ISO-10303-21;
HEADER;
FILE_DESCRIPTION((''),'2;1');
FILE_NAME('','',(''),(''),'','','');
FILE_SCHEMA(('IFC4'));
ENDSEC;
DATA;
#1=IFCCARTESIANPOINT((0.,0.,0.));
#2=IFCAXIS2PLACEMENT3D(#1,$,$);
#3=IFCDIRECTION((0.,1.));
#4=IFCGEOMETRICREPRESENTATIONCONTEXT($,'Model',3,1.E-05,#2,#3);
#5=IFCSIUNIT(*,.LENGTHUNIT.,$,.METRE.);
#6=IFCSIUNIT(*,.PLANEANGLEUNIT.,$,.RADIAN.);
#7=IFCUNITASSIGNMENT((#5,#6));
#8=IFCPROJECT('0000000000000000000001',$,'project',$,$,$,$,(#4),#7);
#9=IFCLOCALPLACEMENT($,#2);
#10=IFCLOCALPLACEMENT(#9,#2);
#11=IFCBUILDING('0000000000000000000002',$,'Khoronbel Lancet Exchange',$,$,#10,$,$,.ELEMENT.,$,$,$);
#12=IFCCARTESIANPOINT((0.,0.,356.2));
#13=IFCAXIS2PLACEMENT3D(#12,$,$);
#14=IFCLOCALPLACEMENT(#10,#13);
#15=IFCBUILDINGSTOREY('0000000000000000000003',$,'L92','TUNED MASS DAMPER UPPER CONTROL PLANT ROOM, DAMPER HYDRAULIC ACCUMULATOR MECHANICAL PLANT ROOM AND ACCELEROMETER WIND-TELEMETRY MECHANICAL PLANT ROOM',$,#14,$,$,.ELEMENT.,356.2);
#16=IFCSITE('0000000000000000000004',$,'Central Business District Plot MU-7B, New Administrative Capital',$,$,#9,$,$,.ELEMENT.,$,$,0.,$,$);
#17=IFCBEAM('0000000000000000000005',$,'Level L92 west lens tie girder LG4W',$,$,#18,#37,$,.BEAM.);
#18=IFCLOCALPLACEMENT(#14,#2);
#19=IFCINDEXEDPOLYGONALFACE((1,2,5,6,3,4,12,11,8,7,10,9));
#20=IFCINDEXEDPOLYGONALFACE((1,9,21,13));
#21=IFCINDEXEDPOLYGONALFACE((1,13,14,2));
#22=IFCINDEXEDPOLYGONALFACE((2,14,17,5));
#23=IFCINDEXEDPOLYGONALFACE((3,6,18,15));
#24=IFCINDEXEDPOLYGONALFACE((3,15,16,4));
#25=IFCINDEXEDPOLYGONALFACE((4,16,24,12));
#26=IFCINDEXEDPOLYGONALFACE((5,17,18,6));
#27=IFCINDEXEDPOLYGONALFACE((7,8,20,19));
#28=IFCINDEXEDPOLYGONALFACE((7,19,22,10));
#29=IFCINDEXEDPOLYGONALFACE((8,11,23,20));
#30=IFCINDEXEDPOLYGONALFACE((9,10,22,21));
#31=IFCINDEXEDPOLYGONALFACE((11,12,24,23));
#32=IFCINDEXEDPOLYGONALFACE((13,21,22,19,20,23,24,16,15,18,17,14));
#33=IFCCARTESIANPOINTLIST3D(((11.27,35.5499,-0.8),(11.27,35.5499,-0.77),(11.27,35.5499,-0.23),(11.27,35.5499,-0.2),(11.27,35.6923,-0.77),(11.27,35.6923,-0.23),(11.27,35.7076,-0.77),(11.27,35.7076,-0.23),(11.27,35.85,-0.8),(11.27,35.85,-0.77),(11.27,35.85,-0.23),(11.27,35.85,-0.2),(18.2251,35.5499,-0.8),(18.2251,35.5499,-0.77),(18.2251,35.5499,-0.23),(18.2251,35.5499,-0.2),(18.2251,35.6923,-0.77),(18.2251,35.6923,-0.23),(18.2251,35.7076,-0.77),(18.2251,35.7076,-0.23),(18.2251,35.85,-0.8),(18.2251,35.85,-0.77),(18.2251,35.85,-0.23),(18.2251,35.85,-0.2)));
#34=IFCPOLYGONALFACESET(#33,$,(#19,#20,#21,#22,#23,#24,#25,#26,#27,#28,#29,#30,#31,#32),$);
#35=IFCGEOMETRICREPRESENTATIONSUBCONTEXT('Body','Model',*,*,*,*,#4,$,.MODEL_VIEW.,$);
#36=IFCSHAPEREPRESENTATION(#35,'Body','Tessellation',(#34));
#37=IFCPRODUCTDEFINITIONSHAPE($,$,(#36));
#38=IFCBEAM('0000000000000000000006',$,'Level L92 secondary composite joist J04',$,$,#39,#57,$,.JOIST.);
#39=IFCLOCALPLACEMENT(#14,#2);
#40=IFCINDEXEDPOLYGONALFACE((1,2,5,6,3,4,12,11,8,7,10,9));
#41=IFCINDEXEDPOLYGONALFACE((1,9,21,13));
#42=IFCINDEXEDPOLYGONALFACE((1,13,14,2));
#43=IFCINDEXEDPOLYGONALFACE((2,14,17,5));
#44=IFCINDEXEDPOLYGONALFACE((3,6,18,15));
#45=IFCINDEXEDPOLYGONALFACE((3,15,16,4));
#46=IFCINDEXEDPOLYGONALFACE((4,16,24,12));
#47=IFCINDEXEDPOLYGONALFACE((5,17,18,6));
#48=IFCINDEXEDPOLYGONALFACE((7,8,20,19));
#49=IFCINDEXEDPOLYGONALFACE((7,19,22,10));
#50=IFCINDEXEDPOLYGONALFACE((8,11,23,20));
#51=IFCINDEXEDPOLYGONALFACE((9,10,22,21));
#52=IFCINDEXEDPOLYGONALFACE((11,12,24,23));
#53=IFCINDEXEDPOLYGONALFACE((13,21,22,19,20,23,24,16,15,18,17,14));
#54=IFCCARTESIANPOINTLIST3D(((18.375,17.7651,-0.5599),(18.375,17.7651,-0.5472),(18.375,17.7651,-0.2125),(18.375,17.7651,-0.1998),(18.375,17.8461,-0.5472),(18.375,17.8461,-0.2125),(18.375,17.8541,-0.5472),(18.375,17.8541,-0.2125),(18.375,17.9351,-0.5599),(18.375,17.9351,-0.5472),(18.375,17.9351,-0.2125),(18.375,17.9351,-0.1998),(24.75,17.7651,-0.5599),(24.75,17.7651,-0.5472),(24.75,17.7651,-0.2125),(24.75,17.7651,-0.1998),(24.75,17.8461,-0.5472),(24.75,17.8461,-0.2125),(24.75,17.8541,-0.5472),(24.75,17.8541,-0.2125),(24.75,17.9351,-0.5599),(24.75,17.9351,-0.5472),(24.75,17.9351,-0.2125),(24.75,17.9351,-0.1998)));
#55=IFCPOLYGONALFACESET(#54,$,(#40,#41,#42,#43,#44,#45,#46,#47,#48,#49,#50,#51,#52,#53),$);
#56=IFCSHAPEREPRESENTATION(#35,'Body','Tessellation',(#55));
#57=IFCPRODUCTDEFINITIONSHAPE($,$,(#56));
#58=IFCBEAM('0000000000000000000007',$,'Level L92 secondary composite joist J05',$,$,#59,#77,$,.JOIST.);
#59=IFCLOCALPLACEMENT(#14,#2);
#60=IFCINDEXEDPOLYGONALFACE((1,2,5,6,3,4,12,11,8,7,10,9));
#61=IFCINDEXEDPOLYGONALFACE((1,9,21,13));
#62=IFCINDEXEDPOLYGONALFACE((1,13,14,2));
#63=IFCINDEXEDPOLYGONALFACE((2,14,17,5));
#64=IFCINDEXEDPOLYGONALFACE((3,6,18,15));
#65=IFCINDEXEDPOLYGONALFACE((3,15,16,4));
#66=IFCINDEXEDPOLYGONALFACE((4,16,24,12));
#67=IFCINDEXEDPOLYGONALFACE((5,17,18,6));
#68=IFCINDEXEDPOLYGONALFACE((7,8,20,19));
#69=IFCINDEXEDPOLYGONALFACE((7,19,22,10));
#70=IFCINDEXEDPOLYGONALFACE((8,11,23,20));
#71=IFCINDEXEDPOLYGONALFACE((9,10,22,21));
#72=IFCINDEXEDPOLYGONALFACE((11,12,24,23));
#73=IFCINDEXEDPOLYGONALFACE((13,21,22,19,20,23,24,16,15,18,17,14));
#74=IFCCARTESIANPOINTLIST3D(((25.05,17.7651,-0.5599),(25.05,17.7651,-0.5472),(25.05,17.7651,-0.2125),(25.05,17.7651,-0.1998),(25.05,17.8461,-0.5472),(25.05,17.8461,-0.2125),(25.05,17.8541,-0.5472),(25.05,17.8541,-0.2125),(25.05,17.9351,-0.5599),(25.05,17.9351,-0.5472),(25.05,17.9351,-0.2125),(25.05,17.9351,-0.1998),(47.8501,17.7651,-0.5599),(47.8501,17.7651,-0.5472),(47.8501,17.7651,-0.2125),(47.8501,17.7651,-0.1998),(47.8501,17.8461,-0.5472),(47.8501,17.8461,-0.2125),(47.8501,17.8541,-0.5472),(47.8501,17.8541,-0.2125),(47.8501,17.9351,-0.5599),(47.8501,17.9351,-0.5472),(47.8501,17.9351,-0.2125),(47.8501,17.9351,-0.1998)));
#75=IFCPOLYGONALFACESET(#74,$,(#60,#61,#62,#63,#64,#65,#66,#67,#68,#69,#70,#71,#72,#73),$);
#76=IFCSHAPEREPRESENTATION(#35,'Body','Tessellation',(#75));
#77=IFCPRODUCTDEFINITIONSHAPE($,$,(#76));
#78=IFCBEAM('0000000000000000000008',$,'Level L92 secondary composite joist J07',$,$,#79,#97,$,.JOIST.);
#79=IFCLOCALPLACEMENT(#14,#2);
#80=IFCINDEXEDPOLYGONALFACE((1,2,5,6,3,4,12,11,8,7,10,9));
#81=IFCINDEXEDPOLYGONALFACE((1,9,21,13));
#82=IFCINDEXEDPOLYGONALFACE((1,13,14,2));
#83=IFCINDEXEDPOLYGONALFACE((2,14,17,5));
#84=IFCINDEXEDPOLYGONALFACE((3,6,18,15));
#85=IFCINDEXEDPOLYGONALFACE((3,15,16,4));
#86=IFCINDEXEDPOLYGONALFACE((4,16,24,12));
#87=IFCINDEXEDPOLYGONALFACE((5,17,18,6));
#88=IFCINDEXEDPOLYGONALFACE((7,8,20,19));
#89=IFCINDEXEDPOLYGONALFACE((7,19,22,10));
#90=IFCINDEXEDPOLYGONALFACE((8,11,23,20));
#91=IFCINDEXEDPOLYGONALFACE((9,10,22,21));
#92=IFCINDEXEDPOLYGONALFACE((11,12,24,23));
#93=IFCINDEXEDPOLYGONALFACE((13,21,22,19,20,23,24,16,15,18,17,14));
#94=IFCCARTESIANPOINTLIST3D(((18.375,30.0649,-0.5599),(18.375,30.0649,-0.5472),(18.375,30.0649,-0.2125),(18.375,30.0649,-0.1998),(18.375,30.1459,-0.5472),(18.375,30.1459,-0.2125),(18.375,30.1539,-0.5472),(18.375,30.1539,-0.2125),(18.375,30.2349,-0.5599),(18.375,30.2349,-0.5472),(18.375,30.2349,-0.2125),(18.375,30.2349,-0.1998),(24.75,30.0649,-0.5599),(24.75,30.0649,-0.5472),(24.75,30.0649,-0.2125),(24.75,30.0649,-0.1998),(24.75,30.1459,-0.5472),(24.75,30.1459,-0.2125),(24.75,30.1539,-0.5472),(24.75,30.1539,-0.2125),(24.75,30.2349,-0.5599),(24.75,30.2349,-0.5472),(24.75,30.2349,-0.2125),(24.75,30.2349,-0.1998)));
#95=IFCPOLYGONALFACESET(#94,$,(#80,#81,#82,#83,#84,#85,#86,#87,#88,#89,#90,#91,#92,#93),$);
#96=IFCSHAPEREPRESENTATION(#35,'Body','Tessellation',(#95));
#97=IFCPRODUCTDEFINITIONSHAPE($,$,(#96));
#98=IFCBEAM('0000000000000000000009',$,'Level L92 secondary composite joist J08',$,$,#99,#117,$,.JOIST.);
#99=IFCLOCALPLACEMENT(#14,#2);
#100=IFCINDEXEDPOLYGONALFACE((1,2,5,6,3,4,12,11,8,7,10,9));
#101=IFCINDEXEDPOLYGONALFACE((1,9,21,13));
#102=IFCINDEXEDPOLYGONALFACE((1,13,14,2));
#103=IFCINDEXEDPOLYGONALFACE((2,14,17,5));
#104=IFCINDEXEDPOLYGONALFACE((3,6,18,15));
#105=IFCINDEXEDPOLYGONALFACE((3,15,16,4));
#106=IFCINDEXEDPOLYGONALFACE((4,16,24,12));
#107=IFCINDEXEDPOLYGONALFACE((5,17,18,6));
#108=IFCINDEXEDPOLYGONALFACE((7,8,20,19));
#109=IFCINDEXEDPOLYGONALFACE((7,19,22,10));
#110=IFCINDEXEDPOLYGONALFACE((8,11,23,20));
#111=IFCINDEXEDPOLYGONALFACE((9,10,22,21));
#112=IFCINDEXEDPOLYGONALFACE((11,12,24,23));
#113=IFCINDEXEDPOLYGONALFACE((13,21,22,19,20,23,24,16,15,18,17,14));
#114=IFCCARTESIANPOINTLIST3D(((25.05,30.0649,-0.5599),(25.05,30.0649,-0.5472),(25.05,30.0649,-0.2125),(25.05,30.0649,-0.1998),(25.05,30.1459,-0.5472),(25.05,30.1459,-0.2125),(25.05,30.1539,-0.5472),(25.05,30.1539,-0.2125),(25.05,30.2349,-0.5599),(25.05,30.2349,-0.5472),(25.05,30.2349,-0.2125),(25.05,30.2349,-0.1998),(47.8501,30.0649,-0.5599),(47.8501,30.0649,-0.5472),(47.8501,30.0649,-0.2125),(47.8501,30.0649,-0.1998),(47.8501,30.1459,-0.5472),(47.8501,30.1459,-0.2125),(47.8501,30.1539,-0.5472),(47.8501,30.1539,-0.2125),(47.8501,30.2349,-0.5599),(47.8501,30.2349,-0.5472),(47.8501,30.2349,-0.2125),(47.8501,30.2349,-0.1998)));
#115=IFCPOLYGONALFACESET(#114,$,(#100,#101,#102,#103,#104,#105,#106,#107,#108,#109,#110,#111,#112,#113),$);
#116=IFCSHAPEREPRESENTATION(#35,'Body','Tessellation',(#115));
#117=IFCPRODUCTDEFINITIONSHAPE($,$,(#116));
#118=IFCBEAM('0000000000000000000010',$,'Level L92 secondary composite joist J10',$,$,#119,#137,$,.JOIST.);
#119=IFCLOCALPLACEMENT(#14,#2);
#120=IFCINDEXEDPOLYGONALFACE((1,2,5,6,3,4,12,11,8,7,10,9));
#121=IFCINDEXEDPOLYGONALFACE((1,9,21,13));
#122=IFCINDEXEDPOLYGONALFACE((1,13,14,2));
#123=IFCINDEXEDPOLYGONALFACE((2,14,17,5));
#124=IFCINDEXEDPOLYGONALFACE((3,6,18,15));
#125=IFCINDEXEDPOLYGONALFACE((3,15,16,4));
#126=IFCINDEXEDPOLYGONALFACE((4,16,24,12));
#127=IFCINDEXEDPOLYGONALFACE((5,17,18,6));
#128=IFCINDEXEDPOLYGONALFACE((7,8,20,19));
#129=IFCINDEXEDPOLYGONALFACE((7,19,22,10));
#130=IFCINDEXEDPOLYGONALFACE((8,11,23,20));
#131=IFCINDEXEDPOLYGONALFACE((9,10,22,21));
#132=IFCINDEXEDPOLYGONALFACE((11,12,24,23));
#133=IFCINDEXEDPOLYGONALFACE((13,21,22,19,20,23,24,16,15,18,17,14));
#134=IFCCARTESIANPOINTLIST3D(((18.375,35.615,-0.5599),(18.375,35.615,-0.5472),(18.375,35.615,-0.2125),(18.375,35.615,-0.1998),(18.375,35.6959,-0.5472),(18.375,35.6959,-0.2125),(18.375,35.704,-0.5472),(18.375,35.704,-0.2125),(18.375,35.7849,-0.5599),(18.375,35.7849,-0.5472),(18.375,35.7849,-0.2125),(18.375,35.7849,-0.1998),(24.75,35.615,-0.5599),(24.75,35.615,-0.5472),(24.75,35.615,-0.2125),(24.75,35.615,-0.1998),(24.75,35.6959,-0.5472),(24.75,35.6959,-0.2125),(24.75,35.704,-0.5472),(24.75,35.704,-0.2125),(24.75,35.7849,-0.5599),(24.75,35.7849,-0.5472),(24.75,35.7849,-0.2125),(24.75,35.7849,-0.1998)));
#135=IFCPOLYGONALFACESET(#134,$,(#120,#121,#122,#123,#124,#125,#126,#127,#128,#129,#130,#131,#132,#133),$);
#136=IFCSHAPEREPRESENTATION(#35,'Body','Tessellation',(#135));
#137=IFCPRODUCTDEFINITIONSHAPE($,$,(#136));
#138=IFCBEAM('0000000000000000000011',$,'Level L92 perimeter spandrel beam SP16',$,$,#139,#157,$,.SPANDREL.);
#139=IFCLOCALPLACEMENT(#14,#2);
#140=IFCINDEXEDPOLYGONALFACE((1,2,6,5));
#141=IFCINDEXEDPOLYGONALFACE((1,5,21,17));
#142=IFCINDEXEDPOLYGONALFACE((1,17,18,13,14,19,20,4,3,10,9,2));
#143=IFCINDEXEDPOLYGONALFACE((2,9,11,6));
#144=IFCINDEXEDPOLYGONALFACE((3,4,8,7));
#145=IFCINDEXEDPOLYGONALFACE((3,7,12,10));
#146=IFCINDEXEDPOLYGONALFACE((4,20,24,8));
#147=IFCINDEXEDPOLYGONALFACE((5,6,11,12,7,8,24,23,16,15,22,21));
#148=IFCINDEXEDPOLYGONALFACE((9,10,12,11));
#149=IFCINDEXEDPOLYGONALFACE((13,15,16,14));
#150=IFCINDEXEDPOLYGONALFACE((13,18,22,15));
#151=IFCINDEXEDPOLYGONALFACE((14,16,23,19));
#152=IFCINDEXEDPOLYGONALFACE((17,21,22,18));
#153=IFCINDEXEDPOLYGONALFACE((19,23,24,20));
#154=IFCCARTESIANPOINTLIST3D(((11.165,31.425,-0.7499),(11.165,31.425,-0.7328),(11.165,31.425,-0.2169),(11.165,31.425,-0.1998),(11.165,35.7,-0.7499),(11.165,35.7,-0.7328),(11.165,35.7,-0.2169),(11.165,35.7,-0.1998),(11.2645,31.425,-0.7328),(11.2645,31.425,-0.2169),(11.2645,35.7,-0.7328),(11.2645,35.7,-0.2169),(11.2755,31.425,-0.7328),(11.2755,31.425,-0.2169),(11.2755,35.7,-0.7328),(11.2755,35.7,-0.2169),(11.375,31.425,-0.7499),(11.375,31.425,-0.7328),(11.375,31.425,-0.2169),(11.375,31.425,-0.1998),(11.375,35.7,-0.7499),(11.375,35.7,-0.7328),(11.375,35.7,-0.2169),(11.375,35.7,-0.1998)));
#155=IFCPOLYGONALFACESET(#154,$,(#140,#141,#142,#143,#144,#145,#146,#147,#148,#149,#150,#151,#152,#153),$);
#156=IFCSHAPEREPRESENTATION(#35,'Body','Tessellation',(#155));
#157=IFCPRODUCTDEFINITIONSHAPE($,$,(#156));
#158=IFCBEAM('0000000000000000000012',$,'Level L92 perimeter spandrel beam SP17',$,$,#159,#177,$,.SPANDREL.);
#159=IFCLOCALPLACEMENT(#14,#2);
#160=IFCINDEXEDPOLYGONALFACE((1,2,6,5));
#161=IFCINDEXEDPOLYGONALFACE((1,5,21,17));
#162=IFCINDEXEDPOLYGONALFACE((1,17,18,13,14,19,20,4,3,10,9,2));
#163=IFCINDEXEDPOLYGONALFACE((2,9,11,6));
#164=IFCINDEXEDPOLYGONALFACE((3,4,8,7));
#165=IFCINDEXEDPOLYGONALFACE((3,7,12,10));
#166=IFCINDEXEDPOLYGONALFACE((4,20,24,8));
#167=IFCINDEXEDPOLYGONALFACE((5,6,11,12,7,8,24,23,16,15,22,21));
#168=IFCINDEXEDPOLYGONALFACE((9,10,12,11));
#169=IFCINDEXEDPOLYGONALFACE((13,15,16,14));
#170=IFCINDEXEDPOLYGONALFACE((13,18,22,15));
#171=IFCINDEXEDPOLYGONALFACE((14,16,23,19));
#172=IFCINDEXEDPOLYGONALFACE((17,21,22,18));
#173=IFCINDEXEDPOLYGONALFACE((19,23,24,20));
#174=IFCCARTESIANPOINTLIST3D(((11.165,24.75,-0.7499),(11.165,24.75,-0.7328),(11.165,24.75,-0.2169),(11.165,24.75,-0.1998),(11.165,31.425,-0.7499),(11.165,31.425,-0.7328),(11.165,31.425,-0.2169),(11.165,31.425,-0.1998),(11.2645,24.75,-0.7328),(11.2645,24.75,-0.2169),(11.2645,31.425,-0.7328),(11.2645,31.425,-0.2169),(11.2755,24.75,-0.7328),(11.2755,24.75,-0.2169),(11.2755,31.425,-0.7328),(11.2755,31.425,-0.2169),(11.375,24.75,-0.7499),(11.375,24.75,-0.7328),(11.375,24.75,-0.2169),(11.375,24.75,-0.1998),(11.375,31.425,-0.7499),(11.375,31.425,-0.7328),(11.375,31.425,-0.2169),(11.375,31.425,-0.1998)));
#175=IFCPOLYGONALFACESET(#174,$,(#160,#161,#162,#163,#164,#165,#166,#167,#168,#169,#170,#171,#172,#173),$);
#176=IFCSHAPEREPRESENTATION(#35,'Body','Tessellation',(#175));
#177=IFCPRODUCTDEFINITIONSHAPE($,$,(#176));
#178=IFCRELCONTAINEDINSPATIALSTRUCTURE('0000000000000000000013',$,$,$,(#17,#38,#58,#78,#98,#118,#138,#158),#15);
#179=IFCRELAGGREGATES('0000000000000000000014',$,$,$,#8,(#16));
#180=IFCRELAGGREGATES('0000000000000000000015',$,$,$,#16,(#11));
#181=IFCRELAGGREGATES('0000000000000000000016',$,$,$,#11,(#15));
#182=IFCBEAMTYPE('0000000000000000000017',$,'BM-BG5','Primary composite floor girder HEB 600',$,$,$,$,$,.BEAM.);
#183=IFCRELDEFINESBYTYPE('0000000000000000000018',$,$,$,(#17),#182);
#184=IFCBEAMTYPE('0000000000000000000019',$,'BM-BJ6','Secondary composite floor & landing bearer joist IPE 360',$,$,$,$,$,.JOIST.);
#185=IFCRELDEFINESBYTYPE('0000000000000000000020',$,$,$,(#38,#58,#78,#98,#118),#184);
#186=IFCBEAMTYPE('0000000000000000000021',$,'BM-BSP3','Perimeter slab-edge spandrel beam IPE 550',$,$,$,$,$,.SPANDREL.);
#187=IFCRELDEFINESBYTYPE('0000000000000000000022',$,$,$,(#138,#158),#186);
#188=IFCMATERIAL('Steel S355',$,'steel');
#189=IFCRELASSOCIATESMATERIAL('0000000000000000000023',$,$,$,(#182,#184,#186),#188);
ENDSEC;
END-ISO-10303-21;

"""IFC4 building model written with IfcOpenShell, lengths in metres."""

from ifc_helpers import new_model, si_unit, direction, frame, origin, origin_2d, place, context, subcontext, project, spatial, i_section, extrude, material, material_profile, profile_set, type_object, element, save


model = new_model("IFC4")

# Units and contexts
model_context = context("Model", 3, precision=1e-05, world=origin(), true_north=direction((0.0, 1.0)))
body_context = subcontext(model_context, "Body", "Model", "MODEL_VIEW")
ifc_project = project(units=[si_unit("LENGTHUNIT", "METRE"), si_unit("PLANEANGLEUNIT", "RADIAN")], contexts=[model_context])

# Site, building, storey
site_placement = place(None, origin())
site = spatial("IfcSite", under=ifc_project, at=site_placement, Name="Central Business District Plot MU-7B, New Administrative Capital", CompositionType="ELEMENT", RefElevation=0.0)
building_placement = place(site_placement, origin())
building = spatial("IfcBuilding", under=site, at=building_placement, Name="Khoronbel Lancet Exchange", CompositionType="ELEMENT")
storey_placement = place(building_placement, frame((0.0, 0.0, 356.2)))
storey = spatial("IfcBuildingStorey", under=building, at=storey_placement, Name="L92", Description="TUNED MASS DAMPER UPPER CONTROL PLANT ROOM, DAMPER HYDRAULIC ACCUMULATOR MECHANICAL PLANT ROOM AND ACCELEROMETER WIND-TELEMETRY MECHANICAL PLANT ROOM", CompositionType="ELEMENT", Elevation=356.2)

# Shared definitions
ifc_material_1 = material(Name="Steel S355", Category="steel")

# Beams
ifc_material_profile_1 = material_profile(ifc_material_1, i_section(OverallWidth=0.3, OverallDepth=0.6001, WebThickness=0.0154, FlangeThickness=0.03, at=origin_2d()), Name="HEB 600")
ifc_profile_set_1 = profile_set([ifc_material_profile_1], Name="Steel S355")
beam_type_1 = type_object("IfcBeamType", Name="BM-BG5", Description="Primary composite floor girder HEB 600", PredefinedType="BEAM", material=ifc_profile_set_1)
for number, where, z_axis, x_axis, name in (
    (1, (11.27, 35.7, -0.5), (1.0, 0.0, 0.0), (0.0, 1.0, 0.0), "Level L92 west lens tie girder LG4W"),
):
    element("IfcBeam", number, at=place(storey_placement, frame(where, z_axis=z_axis, x_axis=x_axis)), inside=storey, type_object=beam_type_1, Name=name, PredefinedType="BEAM", context=body_context, shape_type="SweptSolid", body=[
        extrude(i_section(OverallWidth=0.3, OverallDepth=0.6001, WebThickness=0.0154, FlangeThickness=0.03, at=origin_2d()), origin(), (0.0, 0.0, 1.0), 6.9551),
    ])
ifc_material_profile_2 = material_profile(ifc_material_1, i_section(OverallWidth=0.1699, OverallDepth=0.3601, WebThickness=0.0081, FlangeThickness=0.0127, at=origin_2d()), Name="IPE 360")
ifc_profile_set_2 = profile_set([ifc_material_profile_2], Name="Steel S355")
beam_type_2 = type_object("IfcBeamType", Name="BM-BJ6", Description="Secondary composite floor & landing bearer joist IPE 360", PredefinedType="JOIST", material=ifc_profile_set_2)
beam_1_placement = place(storey_placement, frame((18.375, 17.8501, -0.3799), z_axis=(1.0, 0.0, 0.0), x_axis=(0.0, 1.0, 0.0)))
element("IfcBeam", 2, at=beam_1_placement, inside=storey, type_object=beam_type_2, Name="Level L92 secondary composite joist J04", PredefinedType="JOIST", context=body_context, shape_type="SweptSolid", body=[
    extrude(i_section(OverallWidth=0.1699, OverallDepth=0.3601, WebThickness=0.0081, FlangeThickness=0.0127, at=origin_2d()), origin(), (0.0, 0.0, 1.0), 6.375),
])
beam_2_placement = place(storey_placement, frame((25.05, 17.8501, -0.3799), z_axis=(1.0, 0.0, 0.0), x_axis=(0.0, 1.0, 0.0)))
element("IfcBeam", 3, at=beam_2_placement, inside=storey, type_object=beam_type_2, Name="Level L92 secondary composite joist J05", PredefinedType="JOIST", context=body_context, shape_type="SweptSolid", body=[
    extrude(i_section(OverallWidth=0.1699, OverallDepth=0.3601, WebThickness=0.0081, FlangeThickness=0.0127, at=origin_2d()), origin(), (0.0, 0.0, 1.0), 22.8),
])
beam_3_placement = place(storey_placement, frame((18.375, 30.1499, -0.3799), z_axis=(1.0, 0.0, 0.0), x_axis=(0.0, 1.0, 0.0)))
element("IfcBeam", 4, at=beam_3_placement, inside=storey, type_object=beam_type_2, Name="Level L92 secondary composite joist J07", PredefinedType="JOIST", context=body_context, shape_type="SweptSolid", body=[
    extrude(i_section(OverallWidth=0.1699, OverallDepth=0.3601, WebThickness=0.0081, FlangeThickness=0.0127, at=origin_2d()), origin(), (0.0, 0.0, 1.0), 6.375),
])
beam_4_placement = place(storey_placement, frame((25.05, 30.1499, -0.3799), z_axis=(1.0, 0.0, 0.0), x_axis=(0.0, 1.0, 0.0)))
element("IfcBeam", 5, at=beam_4_placement, inside=storey, type_object=beam_type_2, Name="Level L92 secondary composite joist J08", PredefinedType="JOIST", context=body_context, shape_type="SweptSolid", body=[
    extrude(i_section(OverallWidth=0.1699, OverallDepth=0.3601, WebThickness=0.0081, FlangeThickness=0.0127, at=origin_2d()), origin(), (0.0, 0.0, 1.0), 22.8),
])
beam_5_placement = place(storey_placement, frame((18.375, 35.7, -0.3799), z_axis=(1.0, 0.0, 0.0), x_axis=(0.0, 1.0, 0.0)))
element("IfcBeam", 6, at=beam_5_placement, inside=storey, type_object=beam_type_2, Name="Level L92 secondary composite joist J10", PredefinedType="JOIST", context=body_context, shape_type="SweptSolid", body=[
    extrude(i_section(OverallWidth=0.1699, OverallDepth=0.3601, WebThickness=0.0081, FlangeThickness=0.0127, at=origin_2d()), origin(), (0.0, 0.0, 1.0), 6.375),
])
ifc_material_profile_3 = material_profile(ifc_material_1, i_section(OverallWidth=0.21, OverallDepth=0.55, WebThickness=0.011, FlangeThickness=0.0171, at=origin_2d()), Name="IPE 550")
ifc_profile_set_3 = profile_set([ifc_material_profile_3], Name="Steel S355")
beam_type_3 = type_object("IfcBeamType", Name="BM-BSP3", Description="Perimeter slab-edge spandrel beam IPE 550", PredefinedType="SPANDREL", material=ifc_profile_set_3)
beam_6_placement = place(storey_placement, frame((11.27, 35.7, -0.4749), z_axis=(0.0, -1.0, 0.0), x_axis=(1.0, 0.0, 0.0)))
element("IfcBeam", 7, at=beam_6_placement, inside=storey, type_object=beam_type_3, Name="Level L92 perimeter spandrel beam SP16", PredefinedType="SPANDREL", context=body_context, shape_type="SweptSolid", body=[
    extrude(i_section(OverallWidth=0.21, OverallDepth=0.55, WebThickness=0.011, FlangeThickness=0.0171, at=origin_2d()), origin(), (0.0, 0.0, 1.0), 4.2749),
])
beam_7_placement = place(storey_placement, frame((11.27, 31.425, -0.4749), z_axis=(0.0, -1.0, 0.0), x_axis=(1.0, 0.0, 0.0)))
element("IfcBeam", 8, at=beam_7_placement, inside=storey, type_object=beam_type_3, Name="Level L92 perimeter spandrel beam SP17", PredefinedType="SPANDREL", context=body_context, shape_type="SweptSolid", body=[
    extrude(i_section(OverallWidth=0.21, OverallDepth=0.55, WebThickness=0.011, FlangeThickness=0.0171, at=origin_2d()), origin(), (0.0, 0.0, 1.0), 6.675),
])

save(model, "model.ifc")
